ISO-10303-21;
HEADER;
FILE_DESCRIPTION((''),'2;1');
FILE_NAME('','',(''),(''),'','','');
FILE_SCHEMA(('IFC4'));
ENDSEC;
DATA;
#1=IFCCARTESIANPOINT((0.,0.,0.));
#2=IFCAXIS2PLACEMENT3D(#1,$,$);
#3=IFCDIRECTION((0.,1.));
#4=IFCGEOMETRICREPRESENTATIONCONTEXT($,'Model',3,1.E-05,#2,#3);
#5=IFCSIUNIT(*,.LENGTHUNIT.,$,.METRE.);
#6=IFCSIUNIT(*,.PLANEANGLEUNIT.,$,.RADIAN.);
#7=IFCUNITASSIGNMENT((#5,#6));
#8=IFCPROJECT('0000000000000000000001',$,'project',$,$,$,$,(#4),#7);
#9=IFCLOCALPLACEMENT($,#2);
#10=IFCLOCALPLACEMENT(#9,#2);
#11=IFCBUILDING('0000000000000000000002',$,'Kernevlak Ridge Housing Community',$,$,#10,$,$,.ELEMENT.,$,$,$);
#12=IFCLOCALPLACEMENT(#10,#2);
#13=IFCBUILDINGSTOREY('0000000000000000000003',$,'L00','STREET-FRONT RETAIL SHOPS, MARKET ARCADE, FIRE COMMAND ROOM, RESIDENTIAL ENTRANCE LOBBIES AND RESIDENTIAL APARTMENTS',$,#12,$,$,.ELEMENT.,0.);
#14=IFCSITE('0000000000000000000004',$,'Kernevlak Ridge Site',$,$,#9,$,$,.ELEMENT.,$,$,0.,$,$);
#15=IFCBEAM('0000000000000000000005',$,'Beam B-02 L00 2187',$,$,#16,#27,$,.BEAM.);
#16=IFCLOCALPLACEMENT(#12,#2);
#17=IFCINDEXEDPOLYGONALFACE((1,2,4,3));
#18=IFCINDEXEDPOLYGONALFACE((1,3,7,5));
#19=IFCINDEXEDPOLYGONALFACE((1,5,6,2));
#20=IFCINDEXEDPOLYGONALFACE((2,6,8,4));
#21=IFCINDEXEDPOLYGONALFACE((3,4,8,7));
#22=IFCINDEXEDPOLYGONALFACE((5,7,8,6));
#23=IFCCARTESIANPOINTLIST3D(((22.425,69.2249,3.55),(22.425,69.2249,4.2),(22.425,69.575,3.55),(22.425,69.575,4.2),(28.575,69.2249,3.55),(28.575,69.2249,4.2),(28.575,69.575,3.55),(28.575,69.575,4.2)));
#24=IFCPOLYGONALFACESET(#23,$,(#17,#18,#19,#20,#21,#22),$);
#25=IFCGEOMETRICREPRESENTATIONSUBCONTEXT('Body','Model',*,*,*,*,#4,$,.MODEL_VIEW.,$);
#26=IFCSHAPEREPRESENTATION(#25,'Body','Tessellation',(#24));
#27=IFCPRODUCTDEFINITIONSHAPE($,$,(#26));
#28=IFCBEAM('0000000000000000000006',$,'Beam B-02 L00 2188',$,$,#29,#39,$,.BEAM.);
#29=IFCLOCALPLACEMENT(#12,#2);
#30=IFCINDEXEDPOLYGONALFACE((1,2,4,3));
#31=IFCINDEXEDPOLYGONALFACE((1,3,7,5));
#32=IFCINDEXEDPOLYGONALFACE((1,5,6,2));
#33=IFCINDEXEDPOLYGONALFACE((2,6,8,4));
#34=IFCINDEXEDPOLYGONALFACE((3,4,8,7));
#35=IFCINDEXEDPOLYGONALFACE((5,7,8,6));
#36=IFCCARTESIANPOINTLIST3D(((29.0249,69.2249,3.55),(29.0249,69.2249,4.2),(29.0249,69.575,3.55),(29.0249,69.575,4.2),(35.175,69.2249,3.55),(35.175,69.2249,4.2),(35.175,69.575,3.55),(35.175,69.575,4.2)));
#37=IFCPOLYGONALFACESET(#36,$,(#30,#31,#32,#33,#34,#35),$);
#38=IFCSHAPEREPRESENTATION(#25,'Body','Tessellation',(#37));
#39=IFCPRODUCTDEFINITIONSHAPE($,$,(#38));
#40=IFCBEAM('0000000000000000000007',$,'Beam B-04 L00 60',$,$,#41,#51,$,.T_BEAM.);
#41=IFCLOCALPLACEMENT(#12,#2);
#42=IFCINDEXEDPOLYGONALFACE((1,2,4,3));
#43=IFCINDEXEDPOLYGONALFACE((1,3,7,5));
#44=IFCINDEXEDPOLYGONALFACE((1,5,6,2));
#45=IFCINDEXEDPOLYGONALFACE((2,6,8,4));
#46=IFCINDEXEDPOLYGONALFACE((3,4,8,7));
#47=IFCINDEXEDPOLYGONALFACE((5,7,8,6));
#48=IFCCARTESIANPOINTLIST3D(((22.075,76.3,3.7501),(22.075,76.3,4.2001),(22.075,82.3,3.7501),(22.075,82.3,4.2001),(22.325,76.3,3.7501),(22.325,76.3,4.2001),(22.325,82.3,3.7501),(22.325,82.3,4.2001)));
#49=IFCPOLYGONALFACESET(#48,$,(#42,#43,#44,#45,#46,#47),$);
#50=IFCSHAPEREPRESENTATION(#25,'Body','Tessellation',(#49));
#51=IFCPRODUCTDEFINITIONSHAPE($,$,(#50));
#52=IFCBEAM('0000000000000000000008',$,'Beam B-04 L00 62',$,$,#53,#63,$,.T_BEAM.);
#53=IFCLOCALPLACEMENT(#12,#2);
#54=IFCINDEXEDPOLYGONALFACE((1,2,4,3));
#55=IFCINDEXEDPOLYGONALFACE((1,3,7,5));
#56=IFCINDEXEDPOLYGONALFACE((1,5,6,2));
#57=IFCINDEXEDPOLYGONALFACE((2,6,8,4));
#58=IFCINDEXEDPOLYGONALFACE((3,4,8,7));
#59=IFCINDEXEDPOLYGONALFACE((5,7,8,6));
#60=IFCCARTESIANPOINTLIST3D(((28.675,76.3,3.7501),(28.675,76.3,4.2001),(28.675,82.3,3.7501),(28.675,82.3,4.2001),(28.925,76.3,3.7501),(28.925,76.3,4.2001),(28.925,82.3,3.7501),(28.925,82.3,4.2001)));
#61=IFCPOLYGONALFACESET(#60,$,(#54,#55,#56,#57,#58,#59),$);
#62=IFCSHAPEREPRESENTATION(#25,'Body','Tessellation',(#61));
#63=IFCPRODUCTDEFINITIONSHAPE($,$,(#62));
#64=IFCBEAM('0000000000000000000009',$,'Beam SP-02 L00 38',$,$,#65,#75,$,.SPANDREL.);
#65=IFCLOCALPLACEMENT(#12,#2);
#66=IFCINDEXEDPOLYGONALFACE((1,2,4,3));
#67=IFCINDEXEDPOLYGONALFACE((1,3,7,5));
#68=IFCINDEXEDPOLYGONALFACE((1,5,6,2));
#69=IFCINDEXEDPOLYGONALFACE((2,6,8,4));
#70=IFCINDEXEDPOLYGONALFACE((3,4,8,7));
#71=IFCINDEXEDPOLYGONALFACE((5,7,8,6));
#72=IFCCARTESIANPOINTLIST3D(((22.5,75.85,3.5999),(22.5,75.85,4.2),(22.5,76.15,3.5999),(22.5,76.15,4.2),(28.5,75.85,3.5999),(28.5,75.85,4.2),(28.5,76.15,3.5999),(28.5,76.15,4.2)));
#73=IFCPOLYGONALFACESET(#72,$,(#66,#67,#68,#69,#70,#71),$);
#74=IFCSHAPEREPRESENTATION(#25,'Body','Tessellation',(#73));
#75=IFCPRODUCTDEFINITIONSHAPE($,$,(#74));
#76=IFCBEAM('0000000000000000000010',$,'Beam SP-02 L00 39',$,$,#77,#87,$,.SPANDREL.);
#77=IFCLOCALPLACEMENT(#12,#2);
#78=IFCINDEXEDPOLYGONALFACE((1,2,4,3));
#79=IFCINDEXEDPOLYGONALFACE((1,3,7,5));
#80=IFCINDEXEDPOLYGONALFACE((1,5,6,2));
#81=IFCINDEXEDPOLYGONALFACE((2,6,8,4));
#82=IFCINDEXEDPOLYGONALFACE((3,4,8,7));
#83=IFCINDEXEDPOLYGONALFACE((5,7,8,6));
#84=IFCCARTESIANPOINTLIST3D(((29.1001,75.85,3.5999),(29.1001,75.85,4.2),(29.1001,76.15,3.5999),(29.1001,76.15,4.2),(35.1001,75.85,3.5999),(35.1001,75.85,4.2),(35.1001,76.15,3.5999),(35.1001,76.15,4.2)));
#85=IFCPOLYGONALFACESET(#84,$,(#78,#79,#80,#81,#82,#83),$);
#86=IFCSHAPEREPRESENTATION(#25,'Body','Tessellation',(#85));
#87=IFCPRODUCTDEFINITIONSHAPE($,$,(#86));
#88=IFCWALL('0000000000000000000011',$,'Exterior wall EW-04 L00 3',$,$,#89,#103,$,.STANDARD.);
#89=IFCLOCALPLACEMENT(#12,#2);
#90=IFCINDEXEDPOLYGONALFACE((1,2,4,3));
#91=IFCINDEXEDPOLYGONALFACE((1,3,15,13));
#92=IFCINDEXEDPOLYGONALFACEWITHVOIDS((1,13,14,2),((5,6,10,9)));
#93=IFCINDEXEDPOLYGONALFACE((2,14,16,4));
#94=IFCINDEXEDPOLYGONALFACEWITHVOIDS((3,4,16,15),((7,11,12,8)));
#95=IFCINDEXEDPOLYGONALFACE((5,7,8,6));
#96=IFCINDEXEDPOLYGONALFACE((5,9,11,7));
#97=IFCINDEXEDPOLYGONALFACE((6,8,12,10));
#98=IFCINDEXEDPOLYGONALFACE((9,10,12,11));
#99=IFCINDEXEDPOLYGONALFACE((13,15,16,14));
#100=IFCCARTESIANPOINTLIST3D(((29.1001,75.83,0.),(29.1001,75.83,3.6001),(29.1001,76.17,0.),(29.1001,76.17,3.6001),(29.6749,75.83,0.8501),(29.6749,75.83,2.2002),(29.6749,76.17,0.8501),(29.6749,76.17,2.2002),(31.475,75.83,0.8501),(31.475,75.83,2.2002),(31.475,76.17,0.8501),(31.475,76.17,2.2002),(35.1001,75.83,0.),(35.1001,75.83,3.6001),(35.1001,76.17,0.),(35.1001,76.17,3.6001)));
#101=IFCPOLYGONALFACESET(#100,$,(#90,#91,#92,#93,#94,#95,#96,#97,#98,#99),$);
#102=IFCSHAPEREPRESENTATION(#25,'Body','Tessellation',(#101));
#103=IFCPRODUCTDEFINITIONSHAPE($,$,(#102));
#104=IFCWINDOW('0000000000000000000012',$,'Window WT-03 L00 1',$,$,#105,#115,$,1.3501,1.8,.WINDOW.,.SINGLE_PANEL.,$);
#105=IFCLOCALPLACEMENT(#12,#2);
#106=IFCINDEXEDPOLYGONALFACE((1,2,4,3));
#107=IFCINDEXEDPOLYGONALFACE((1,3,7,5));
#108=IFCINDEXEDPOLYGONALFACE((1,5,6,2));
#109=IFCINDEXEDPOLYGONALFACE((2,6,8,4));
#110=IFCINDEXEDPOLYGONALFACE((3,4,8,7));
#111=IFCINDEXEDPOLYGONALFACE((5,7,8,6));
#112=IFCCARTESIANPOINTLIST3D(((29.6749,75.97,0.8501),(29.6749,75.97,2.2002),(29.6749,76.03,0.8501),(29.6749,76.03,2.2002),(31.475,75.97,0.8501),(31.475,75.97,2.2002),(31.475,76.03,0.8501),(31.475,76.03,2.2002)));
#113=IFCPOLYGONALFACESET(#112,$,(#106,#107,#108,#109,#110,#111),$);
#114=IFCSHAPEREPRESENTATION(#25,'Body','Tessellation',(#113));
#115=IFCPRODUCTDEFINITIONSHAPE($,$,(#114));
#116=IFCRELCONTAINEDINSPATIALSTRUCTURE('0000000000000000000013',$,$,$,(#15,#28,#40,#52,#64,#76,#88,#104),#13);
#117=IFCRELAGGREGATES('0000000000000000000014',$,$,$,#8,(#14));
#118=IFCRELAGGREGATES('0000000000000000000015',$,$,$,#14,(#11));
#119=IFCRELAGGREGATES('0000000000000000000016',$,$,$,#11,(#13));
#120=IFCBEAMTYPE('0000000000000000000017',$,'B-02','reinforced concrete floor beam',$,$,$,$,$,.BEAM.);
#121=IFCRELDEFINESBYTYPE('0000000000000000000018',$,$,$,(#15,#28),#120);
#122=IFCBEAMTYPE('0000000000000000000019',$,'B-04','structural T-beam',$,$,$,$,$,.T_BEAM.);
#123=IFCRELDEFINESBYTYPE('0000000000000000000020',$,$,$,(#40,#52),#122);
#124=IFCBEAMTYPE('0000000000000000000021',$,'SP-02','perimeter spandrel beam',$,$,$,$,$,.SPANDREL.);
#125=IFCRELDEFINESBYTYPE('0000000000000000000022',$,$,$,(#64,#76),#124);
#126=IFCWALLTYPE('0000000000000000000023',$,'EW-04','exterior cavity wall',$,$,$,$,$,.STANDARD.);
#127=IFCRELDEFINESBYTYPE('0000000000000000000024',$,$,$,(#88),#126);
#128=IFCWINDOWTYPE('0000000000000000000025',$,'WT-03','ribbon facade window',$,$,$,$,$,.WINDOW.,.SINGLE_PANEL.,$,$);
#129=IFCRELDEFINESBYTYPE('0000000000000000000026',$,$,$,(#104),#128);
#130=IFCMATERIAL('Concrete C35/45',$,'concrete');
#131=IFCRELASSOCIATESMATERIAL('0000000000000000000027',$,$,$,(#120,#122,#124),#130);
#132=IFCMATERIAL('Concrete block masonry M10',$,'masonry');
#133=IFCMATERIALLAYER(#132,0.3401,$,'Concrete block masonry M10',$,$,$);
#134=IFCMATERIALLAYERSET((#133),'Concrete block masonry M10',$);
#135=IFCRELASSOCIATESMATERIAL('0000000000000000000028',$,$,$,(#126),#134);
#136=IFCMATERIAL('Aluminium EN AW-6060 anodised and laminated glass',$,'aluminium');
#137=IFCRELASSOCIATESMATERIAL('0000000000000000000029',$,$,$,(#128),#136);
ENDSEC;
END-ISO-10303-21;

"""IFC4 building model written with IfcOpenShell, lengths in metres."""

from ifc_helpers import new_model, si_unit, direction, frame, frame_2d, origin, origin_2d, place, context, subcontext, project, spatial, rectangle, extrude, material, layer, layer_set, material_profile, profile_set, type_object, element, fill, save


model = new_model("IFC4")

# Units and contexts
model_context = context("Model", 3, precision=1e-05, world=origin(), true_north=direction((0.0, 1.0)))
body_context = subcontext(model_context, "Body", "Model", "MODEL_VIEW")
ifc_project = project(units=[si_unit("LENGTHUNIT", "METRE"), si_unit("PLANEANGLEUNIT", "RADIAN")], contexts=[model_context])

# Site, building, storey
site_placement = place(None, origin())
site = spatial("IfcSite", under=ifc_project, at=site_placement, Name="Kernevlak Ridge Site", CompositionType="ELEMENT", RefElevation=0.0)
building_placement = place(site_placement, origin())
building = spatial("IfcBuilding", under=site, at=building_placement, Name="Kernevlak Ridge Housing Community", CompositionType="ELEMENT")
storey_placement = place(building_placement, origin())
storey = spatial("IfcBuildingStorey", under=building, at=storey_placement, Name="L00", Description="STREET-FRONT RETAIL SHOPS, MARKET ARCADE, FIRE COMMAND ROOM, RESIDENTIAL ENTRANCE LOBBIES AND RESIDENTIAL APARTMENTS", CompositionType="ELEMENT", Elevation=0.0)

# Shared definitions
ifc_material_1 = material(Name="Concrete C35/45", Category="concrete")

# Beams
ifc_material_profile_1 = material_profile(ifc_material_1, rectangle(XDim=0.3501, YDim=0.6499, at=origin_2d()), Name="RC 350x650")
ifc_profile_set_1 = profile_set([ifc_material_profile_1], Name="Concrete C35/45")
beam_type_1 = type_object("IfcBeamType", Name="B-02", Description="reinforced concrete floor beam", PredefinedType="BEAM", material=ifc_profile_set_1)
beam_1_placement = place(storey_placement, frame((22.425, 69.3999, 3.875), z_axis=(1.0, 0.0, 0.0), x_axis=(0.0, 1.0, 0.0)))
element("IfcBeam", 1, at=beam_1_placement, inside=storey, type_object=beam_type_1, Name="Beam B-02 L00 2187", PredefinedType="BEAM", context=body_context, shape_type="SweptSolid", body=[
    extrude(rectangle(XDim=0.3501, YDim=0.6499, at=origin_2d()), origin(), (0.0, 0.0, 1.0), 6.1499),
])
beam_2_placement = place(storey_placement, frame((29.0249, 69.3999, 3.875), z_axis=(1.0, 0.0, 0.0), x_axis=(0.0, 1.0, 0.0)))
element("IfcBeam", 2, at=beam_2_placement, inside=storey, type_object=beam_type_1, Name="Beam B-02 L00 2188", PredefinedType="BEAM", context=body_context, shape_type="SweptSolid", body=[
    extrude(rectangle(XDim=0.3501, YDim=0.6499, at=origin_2d()), origin(), (0.0, 0.0, 1.0), 6.1501),
])
ifc_material_profile_2 = material_profile(ifc_material_1, rectangle(XDim=0.25, YDim=0.45, at=origin_2d()), Name="RC 250x450")
ifc_profile_set_2 = profile_set([ifc_material_profile_2], Name="Concrete C35/45")
beam_type_2 = type_object("IfcBeamType", Name="B-04", Description="structural T-beam", PredefinedType="T_BEAM", material=ifc_profile_set_2)
for number, where, z_axis, x_axis, name in (
    (3, (22.2, 76.3, 3.9751), (0.0, 1.0, 0.0), (-1.0, 0.0, 0.0), "Beam B-04 L00 60"),
    (4, (28.8, 76.3, 3.9751), (0.0, 1.0, 0.0), (-1.0, 0.0, 0.0), "Beam B-04 L00 62"),
):
    element("IfcBeam", number, at=place(storey_placement, frame(where, z_axis=z_axis, x_axis=x_axis)), inside=storey, type_object=beam_type_2, Name=name, PredefinedType="T_BEAM", context=body_context, shape_type="SweptSolid", body=[
        extrude(rectangle(XDim=0.25, YDim=0.45, at=origin_2d()), origin(), (0.0, 0.0, 1.0), 6.0),
    ])
ifc_material_profile_3 = material_profile(ifc_material_1, rectangle(XDim=0.3, YDim=0.6001, at=origin_2d()), Name="RC 300x600")
ifc_profile_set_3 = profile_set([ifc_material_profile_3], Name="Concrete C35/45")
beam_type_3 = type_object("IfcBeamType", Name="SP-02", Description="perimeter spandrel beam", PredefinedType="SPANDREL", material=ifc_profile_set_3)
for number, where, z_axis, x_axis, name in (
    (5, (22.5, 76.0, 3.8999), (1.0, 0.0, 0.0), (0.0, 1.0, 0.0), "Beam SP-02 L00 38"),
    (6, (29.1001, 76.0, 3.8999), (1.0, 0.0, 0.0), (0.0, 1.0, 0.0), "Beam SP-02 L00 39"),
):
    element("IfcBeam", number, at=place(storey_placement, frame(where, z_axis=z_axis, x_axis=x_axis)), inside=storey, type_object=beam_type_3, Name=name, PredefinedType="SPANDREL", context=body_context, shape_type="SweptSolid", body=[
        extrude(rectangle(XDim=0.3, YDim=0.6001, at=origin_2d()), origin(), (0.0, 0.0, 1.0), 6.0),
    ])

# Shared definitions
ifc_material_2 = material(Name="Concrete block masonry M10", Category="masonry")
ifc_layer = layer(ifc_material_2, 0.3401, Name="Concrete block masonry M10")
ifc_layer_set = layer_set([ifc_layer], Name="Concrete block masonry M10")
wall_type = type_object("IfcWallType", Name="EW-04", Description="exterior cavity wall", PredefinedType="STANDARD", material=ifc_layer_set)

# Wall, opening, window
wall_1_placement = place(storey_placement, frame((29.1001, 76.0, 0.0), z_axis=(0.0, 0.0, 1.0), x_axis=(1.0, 0.0, 0.0)))
wall_1 = element("IfcWall", 7, at=wall_1_placement, inside=storey, type_object=wall_type, Name="Exterior wall EW-04 L00 3", PredefinedType="STANDARD", context=body_context, shape_type="SweptSolid", body=[
    extrude(rectangle(XDim=6.0, YDim=0.3401, at=frame_2d((3.0, 0.0))), origin(), (0.0, 0.0, 1.0), 3.6001),
])
opening_1_placement = place(wall_1_placement, frame((0.575, 0.0, 0.8501)))
opening_1 = element("IfcOpeningElement", 8, at=opening_1_placement, cuts=wall_1, PredefinedType="OPENING", context=body_context, shape_type="SweptSolid", body=[
    extrude(rectangle(XDim=1.8, YDim=1.3501, at=frame_2d((0.8999, 0.675))), frame((0.0, 0.1799, 0.0), z_axis=(0.0, -1.0, 0.0), x_axis=(1.0, 0.0, 0.0)), (0.0, 0.0, 1.0), 0.3601),
])
ifc_material_3 = material(Name="Aluminium EN AW-6060 anodised and laminated glass", Category="aluminium")
window_type = type_object("IfcWindowType", Name="WT-03", Description="ribbon facade window", PartitioningType="SINGLE_PANEL", PredefinedType="WINDOW", material=ifc_material_3)
window_placement = place(opening_1_placement, origin())
window = element("IfcWindow", 9, at=window_placement, inside=storey, type_object=window_type, Name="Window WT-03 L00 1", OverallHeight=1.3501, OverallWidth=1.8, PartitioningType="SINGLE_PANEL", PredefinedType="WINDOW", context=body_context, shape_type="SweptSolid", body=[
    extrude(rectangle(XDim=1.8, YDim=1.3501, at=frame_2d((0.8999, 0.675))), frame((0.0, 0.03, 0.0), z_axis=(0.0, -1.0, 0.0), x_axis=(1.0, 0.0, 0.0)), (0.0, 0.0, 1.0), 0.0601),
])
fill(opening_1, window)

save(model, "model.ifc")
